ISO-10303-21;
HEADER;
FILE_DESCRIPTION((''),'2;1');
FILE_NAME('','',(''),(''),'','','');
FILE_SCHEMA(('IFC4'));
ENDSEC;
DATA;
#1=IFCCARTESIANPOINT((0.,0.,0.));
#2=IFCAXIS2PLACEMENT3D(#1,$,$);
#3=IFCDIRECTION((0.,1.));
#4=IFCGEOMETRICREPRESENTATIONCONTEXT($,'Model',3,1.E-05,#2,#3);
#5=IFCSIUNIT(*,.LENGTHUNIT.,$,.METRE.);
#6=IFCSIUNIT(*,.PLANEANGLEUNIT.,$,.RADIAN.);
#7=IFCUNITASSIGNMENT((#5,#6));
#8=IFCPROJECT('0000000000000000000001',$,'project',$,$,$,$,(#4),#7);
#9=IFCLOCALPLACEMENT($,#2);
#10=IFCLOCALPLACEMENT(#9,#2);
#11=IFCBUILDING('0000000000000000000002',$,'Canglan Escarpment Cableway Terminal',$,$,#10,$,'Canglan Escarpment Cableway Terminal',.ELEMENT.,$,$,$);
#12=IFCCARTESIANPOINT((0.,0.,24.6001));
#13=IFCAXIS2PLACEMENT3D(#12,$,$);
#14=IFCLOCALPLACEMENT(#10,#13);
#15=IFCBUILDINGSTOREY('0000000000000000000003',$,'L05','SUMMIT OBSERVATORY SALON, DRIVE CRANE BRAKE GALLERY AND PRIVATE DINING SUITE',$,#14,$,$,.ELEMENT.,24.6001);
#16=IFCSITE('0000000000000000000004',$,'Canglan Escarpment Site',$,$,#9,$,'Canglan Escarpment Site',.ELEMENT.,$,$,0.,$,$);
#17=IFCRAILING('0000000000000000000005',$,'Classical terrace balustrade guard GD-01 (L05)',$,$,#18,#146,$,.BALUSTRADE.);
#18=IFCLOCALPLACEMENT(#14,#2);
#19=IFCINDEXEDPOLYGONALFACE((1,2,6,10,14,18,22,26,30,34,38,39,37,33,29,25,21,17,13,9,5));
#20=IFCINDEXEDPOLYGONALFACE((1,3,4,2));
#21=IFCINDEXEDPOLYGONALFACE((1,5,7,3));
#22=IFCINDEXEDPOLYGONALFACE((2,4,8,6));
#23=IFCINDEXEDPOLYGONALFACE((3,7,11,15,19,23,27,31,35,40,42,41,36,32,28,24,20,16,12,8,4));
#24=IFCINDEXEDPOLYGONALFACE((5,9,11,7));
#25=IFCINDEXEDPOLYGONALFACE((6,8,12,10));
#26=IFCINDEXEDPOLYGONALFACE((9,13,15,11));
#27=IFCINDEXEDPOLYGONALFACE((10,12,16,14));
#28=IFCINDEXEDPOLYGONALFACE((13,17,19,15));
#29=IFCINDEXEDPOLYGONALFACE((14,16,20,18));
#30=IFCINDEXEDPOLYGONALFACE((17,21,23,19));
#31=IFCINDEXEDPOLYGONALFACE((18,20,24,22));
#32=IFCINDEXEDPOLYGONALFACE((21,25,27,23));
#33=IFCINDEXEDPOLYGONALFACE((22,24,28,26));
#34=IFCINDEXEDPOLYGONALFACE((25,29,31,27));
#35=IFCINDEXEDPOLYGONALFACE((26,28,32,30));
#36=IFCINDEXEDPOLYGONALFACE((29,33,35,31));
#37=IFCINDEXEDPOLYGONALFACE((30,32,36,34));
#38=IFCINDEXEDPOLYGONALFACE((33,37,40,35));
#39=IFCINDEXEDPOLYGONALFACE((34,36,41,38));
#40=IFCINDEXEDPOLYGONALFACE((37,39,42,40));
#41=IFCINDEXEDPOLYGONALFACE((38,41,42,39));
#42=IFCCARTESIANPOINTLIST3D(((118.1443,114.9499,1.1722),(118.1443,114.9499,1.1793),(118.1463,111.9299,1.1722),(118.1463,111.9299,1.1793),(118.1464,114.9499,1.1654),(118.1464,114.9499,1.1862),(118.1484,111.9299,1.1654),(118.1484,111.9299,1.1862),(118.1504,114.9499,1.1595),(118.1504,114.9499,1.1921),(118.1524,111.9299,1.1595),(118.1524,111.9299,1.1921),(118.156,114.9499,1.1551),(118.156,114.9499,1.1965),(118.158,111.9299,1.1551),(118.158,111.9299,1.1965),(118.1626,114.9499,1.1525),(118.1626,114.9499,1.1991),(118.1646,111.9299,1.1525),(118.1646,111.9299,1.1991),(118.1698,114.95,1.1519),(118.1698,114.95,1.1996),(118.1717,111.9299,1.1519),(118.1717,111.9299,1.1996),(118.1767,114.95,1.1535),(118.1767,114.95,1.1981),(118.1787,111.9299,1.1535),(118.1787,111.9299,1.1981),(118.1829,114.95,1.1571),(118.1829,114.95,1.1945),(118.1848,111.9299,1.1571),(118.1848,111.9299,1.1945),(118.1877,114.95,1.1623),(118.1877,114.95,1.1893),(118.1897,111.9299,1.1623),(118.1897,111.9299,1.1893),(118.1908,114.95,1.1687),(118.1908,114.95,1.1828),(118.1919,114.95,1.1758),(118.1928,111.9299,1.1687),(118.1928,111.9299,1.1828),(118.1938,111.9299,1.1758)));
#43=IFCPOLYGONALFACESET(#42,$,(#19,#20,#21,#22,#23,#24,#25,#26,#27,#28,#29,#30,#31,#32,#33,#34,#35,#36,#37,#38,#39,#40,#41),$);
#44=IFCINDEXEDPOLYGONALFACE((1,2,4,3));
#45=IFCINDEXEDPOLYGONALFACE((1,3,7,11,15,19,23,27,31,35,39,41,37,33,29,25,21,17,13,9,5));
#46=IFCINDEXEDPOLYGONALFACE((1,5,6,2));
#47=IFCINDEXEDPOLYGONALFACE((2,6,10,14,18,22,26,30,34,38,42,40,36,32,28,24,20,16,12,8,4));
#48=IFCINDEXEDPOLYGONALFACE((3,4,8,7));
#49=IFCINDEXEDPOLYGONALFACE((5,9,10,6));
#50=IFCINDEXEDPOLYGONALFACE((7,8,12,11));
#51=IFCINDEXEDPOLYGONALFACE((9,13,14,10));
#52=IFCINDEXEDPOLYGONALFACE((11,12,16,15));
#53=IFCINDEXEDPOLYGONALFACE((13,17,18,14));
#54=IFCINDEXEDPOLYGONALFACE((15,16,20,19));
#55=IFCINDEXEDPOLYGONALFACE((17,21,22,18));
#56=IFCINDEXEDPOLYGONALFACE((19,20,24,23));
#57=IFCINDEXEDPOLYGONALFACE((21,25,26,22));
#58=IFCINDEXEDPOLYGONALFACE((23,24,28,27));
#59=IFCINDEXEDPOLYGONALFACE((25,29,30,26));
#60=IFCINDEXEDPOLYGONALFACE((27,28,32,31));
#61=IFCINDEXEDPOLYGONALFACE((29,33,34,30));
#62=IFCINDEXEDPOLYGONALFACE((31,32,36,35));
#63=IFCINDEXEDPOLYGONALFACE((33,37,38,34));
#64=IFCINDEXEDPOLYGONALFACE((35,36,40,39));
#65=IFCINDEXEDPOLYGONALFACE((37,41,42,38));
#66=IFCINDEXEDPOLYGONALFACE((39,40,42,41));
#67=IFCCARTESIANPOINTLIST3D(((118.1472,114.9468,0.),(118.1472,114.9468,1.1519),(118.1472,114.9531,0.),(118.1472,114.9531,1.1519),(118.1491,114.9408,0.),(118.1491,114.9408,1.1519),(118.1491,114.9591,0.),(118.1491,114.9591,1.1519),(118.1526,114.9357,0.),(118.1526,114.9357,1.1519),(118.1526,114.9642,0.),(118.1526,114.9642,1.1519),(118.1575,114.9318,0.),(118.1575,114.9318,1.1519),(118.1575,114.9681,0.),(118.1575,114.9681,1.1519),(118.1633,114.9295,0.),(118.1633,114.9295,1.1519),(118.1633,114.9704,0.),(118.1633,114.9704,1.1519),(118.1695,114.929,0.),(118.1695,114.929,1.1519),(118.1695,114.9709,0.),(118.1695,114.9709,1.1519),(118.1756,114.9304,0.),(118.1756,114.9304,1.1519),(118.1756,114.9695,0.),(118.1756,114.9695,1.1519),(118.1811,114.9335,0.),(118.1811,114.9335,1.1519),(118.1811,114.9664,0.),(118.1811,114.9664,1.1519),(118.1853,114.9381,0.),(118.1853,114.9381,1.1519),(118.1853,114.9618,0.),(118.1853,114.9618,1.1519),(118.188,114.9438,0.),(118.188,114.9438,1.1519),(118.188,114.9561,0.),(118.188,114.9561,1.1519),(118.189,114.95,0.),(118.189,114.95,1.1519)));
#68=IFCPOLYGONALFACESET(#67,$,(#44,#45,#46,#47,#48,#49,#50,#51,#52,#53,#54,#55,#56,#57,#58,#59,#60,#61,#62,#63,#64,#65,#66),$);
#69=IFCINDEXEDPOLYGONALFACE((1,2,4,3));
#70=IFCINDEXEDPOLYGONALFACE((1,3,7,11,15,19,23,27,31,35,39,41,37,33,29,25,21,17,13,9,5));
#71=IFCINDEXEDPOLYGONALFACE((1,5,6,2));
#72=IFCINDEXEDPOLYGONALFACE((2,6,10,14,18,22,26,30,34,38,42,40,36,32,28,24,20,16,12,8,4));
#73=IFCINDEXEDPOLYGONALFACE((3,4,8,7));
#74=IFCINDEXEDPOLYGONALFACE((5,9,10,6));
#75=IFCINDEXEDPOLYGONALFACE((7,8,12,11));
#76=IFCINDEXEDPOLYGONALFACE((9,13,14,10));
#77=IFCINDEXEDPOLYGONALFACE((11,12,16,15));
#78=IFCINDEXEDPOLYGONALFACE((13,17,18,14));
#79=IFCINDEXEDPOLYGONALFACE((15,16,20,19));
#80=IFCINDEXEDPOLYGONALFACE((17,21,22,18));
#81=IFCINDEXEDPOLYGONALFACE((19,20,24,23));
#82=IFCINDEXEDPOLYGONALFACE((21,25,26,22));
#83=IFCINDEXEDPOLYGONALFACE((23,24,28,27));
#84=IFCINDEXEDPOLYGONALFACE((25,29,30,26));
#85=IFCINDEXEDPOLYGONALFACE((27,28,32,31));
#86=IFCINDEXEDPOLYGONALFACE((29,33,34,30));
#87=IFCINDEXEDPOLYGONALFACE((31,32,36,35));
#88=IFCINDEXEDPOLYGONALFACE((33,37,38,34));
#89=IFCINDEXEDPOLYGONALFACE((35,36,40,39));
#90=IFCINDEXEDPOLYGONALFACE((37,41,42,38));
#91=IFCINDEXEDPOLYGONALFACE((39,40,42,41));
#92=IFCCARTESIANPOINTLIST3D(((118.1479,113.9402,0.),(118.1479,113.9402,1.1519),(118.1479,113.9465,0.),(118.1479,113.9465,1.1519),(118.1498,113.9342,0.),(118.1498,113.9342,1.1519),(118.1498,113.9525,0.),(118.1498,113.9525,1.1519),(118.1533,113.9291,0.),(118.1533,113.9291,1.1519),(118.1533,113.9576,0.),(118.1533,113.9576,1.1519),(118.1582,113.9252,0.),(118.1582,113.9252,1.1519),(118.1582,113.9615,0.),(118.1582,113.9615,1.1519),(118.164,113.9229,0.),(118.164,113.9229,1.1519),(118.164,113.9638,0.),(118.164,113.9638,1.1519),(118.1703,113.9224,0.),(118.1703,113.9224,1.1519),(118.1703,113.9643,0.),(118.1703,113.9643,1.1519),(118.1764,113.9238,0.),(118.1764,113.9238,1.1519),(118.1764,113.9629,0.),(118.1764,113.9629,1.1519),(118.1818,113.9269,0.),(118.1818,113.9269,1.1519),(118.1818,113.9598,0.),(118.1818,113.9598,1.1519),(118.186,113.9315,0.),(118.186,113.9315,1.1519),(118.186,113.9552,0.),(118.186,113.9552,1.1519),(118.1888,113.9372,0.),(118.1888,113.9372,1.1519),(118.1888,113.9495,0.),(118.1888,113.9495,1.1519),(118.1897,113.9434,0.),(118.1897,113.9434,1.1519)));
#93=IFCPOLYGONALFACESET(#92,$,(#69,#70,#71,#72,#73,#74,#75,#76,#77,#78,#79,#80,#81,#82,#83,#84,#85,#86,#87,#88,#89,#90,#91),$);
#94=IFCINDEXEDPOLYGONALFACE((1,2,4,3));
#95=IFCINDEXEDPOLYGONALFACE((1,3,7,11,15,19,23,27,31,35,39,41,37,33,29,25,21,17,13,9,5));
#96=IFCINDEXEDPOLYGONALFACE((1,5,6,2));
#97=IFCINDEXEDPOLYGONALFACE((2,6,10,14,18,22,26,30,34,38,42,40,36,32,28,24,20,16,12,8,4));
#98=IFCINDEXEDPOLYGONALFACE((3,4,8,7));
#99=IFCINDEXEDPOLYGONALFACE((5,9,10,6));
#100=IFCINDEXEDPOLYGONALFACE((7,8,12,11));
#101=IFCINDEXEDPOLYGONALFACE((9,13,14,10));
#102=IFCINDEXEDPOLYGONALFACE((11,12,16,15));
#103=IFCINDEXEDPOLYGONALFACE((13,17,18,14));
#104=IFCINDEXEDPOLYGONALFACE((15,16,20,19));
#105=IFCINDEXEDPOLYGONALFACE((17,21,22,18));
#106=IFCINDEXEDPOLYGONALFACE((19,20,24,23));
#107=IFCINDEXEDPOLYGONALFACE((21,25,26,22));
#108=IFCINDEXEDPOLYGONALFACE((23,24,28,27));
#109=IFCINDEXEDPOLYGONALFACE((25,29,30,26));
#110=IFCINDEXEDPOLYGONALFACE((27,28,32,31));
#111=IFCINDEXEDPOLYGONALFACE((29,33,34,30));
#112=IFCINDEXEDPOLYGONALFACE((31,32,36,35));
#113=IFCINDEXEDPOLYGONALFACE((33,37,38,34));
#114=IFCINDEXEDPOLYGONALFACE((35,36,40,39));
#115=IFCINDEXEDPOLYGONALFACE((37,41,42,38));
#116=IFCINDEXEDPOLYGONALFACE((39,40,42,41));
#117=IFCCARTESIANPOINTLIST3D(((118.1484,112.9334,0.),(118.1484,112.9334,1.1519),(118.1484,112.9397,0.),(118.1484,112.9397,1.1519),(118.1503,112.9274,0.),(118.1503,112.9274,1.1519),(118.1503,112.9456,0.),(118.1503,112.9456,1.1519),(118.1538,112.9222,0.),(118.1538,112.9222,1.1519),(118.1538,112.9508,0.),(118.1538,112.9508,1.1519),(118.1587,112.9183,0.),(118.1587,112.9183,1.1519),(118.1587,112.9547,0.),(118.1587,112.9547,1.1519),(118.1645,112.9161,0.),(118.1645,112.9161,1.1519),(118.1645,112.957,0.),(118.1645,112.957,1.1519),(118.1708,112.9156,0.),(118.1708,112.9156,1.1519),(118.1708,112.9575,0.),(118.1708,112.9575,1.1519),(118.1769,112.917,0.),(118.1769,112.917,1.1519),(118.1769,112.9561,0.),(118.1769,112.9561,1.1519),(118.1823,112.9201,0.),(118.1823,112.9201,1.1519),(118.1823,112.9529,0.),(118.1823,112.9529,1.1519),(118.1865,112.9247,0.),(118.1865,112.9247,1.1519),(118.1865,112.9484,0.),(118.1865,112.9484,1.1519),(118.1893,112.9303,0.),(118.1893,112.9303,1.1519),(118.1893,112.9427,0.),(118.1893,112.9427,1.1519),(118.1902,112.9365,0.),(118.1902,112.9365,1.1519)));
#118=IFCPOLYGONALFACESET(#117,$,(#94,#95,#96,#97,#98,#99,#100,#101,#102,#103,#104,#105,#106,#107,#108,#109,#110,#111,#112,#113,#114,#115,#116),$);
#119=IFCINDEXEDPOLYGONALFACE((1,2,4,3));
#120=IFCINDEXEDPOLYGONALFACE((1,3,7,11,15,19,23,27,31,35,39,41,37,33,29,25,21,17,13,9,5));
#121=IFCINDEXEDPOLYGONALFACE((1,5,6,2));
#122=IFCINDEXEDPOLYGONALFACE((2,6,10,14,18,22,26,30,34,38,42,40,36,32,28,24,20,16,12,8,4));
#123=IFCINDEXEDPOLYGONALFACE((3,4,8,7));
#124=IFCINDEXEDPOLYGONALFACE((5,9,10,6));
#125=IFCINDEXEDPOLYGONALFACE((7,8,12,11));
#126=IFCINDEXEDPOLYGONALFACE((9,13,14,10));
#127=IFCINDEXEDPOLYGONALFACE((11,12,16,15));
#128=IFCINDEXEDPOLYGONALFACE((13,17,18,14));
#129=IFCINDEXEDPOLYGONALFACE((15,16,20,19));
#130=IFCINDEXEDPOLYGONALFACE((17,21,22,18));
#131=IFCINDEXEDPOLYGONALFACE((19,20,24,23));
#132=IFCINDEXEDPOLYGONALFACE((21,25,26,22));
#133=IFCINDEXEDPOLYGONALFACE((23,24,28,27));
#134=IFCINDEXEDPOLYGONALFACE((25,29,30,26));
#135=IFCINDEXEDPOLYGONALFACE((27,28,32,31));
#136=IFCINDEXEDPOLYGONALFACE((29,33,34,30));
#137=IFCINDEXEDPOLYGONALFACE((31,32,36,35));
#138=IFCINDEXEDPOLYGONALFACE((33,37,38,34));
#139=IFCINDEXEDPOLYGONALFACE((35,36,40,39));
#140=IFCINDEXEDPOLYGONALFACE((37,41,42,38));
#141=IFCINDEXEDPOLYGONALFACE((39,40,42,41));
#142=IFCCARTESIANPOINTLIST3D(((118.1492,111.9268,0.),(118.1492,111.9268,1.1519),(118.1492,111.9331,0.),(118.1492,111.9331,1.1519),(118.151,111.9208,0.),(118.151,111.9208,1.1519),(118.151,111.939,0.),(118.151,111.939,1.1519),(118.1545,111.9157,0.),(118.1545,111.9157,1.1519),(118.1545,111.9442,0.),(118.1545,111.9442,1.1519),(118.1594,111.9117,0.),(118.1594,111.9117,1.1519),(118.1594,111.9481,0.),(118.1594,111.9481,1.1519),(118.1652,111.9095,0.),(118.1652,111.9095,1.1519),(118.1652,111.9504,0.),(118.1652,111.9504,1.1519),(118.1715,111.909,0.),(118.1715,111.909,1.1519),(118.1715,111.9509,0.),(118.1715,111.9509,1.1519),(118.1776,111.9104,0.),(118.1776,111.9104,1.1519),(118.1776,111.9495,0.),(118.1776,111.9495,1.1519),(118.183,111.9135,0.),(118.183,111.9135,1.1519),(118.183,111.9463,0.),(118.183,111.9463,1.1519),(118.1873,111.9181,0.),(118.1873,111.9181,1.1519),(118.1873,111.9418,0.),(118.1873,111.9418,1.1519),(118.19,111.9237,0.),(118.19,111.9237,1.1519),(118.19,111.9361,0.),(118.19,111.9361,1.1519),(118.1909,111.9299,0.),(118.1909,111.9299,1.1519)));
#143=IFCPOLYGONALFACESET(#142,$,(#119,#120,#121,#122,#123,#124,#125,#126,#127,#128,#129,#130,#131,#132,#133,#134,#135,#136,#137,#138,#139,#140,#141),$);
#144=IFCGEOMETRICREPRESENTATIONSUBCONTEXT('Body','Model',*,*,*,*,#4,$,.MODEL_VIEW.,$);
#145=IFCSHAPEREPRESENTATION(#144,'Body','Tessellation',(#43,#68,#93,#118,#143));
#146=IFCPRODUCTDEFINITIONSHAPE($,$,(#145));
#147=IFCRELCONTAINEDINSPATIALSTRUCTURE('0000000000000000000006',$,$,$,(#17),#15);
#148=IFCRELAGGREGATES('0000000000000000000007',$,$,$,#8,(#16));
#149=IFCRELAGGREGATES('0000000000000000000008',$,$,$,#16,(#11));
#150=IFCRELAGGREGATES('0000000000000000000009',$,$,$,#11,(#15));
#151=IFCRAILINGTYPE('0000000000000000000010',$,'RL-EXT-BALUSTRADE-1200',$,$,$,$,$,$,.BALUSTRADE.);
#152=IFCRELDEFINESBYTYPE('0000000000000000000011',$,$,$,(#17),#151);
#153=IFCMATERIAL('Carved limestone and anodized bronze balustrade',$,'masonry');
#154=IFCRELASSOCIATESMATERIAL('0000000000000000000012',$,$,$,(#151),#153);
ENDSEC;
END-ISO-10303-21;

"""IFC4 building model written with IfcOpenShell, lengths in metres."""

from ifc_helpers import new_model, si_unit, direction, frame, origin, origin_2d, place, context, subcontext, project, spatial, circle, extrude, material, type_object, element, save


model = new_model("IFC4")

# Units and contexts
model_context = context("Model", 3, precision=1e-05, world=origin(), true_north=direction((0.0, 1.0)))
body_context = subcontext(model_context, "Body", "Model", "MODEL_VIEW")
ifc_project = project(units=[si_unit("LENGTHUNIT", "METRE"), si_unit("PLANEANGLEUNIT", "RADIAN")], contexts=[model_context])

# Site, building, storey
site_placement = place(None, origin())
site = spatial("IfcSite", under=ifc_project, at=site_placement, Name="Canglan Escarpment Site", LongName="Canglan Escarpment Site", CompositionType="ELEMENT", RefElevation=0.0)
building_placement = place(site_placement, origin())
building = spatial("IfcBuilding", under=site, at=building_placement, Name="Canglan Escarpment Cableway Terminal", LongName="Canglan Escarpment Cableway Terminal", CompositionType="ELEMENT")
storey_placement = place(building_placement, frame((0.0, 0.0, 24.6001)))
storey = spatial("IfcBuildingStorey", under=building, at=storey_placement, Name="L05", Description="SUMMIT OBSERVATORY SALON, DRIVE CRANE BRAKE GALLERY AND PRIVATE DINING SUITE", CompositionType="ELEMENT", Elevation=24.6001)

# Railing
ifc_material_1 = material(Name="Carved limestone and anodized bronze balustrade", Category="masonry")
railing_type = type_object("IfcRailingType", Name="RL-EXT-BALUSTRADE-1200", PredefinedType="BALUSTRADE", material=ifc_material_1)
railing_1_placement = place(storey_placement, frame((118.168, 114.95, 0.0)))
element("IfcRailing", 1, at=railing_1_placement, inside=storey, type_object=railing_type, Name="Classical terrace balustrade guard GD-01 (L05)", PredefinedType="BALUSTRADE", context=body_context, shape_type="SweptSolid", body=[
    extrude(circle(Radius=0.0239, at=origin_2d()), frame((0.0, 0.0, 1.1758), z_axis=(0.000647, -1.0, 0.0), x_axis=(1.0, 0.000647, 0.0)), (0.0, 0.0, 1.0), 3.02),
    extrude(circle(Radius=0.021, at=origin_2d()), origin(), (0.0, 0.0, 1.0), 1.1519),
    extrude(circle(Radius=0.021, at=origin_2d()), frame((0.0007, -1.0066, 0.0)), (0.0, 0.0, 1.0), 1.1519),
    extrude(circle(Radius=0.021, at=origin_2d()), frame((0.0012, -2.0134, 0.0)), (0.0, 0.0, 1.0), 1.1519),
    extrude(circle(Radius=0.021, at=origin_2d()), frame((0.002, -3.02, 0.0)), (0.0, 0.0, 1.0), 1.1519),
])

save(model, "model.ifc")
